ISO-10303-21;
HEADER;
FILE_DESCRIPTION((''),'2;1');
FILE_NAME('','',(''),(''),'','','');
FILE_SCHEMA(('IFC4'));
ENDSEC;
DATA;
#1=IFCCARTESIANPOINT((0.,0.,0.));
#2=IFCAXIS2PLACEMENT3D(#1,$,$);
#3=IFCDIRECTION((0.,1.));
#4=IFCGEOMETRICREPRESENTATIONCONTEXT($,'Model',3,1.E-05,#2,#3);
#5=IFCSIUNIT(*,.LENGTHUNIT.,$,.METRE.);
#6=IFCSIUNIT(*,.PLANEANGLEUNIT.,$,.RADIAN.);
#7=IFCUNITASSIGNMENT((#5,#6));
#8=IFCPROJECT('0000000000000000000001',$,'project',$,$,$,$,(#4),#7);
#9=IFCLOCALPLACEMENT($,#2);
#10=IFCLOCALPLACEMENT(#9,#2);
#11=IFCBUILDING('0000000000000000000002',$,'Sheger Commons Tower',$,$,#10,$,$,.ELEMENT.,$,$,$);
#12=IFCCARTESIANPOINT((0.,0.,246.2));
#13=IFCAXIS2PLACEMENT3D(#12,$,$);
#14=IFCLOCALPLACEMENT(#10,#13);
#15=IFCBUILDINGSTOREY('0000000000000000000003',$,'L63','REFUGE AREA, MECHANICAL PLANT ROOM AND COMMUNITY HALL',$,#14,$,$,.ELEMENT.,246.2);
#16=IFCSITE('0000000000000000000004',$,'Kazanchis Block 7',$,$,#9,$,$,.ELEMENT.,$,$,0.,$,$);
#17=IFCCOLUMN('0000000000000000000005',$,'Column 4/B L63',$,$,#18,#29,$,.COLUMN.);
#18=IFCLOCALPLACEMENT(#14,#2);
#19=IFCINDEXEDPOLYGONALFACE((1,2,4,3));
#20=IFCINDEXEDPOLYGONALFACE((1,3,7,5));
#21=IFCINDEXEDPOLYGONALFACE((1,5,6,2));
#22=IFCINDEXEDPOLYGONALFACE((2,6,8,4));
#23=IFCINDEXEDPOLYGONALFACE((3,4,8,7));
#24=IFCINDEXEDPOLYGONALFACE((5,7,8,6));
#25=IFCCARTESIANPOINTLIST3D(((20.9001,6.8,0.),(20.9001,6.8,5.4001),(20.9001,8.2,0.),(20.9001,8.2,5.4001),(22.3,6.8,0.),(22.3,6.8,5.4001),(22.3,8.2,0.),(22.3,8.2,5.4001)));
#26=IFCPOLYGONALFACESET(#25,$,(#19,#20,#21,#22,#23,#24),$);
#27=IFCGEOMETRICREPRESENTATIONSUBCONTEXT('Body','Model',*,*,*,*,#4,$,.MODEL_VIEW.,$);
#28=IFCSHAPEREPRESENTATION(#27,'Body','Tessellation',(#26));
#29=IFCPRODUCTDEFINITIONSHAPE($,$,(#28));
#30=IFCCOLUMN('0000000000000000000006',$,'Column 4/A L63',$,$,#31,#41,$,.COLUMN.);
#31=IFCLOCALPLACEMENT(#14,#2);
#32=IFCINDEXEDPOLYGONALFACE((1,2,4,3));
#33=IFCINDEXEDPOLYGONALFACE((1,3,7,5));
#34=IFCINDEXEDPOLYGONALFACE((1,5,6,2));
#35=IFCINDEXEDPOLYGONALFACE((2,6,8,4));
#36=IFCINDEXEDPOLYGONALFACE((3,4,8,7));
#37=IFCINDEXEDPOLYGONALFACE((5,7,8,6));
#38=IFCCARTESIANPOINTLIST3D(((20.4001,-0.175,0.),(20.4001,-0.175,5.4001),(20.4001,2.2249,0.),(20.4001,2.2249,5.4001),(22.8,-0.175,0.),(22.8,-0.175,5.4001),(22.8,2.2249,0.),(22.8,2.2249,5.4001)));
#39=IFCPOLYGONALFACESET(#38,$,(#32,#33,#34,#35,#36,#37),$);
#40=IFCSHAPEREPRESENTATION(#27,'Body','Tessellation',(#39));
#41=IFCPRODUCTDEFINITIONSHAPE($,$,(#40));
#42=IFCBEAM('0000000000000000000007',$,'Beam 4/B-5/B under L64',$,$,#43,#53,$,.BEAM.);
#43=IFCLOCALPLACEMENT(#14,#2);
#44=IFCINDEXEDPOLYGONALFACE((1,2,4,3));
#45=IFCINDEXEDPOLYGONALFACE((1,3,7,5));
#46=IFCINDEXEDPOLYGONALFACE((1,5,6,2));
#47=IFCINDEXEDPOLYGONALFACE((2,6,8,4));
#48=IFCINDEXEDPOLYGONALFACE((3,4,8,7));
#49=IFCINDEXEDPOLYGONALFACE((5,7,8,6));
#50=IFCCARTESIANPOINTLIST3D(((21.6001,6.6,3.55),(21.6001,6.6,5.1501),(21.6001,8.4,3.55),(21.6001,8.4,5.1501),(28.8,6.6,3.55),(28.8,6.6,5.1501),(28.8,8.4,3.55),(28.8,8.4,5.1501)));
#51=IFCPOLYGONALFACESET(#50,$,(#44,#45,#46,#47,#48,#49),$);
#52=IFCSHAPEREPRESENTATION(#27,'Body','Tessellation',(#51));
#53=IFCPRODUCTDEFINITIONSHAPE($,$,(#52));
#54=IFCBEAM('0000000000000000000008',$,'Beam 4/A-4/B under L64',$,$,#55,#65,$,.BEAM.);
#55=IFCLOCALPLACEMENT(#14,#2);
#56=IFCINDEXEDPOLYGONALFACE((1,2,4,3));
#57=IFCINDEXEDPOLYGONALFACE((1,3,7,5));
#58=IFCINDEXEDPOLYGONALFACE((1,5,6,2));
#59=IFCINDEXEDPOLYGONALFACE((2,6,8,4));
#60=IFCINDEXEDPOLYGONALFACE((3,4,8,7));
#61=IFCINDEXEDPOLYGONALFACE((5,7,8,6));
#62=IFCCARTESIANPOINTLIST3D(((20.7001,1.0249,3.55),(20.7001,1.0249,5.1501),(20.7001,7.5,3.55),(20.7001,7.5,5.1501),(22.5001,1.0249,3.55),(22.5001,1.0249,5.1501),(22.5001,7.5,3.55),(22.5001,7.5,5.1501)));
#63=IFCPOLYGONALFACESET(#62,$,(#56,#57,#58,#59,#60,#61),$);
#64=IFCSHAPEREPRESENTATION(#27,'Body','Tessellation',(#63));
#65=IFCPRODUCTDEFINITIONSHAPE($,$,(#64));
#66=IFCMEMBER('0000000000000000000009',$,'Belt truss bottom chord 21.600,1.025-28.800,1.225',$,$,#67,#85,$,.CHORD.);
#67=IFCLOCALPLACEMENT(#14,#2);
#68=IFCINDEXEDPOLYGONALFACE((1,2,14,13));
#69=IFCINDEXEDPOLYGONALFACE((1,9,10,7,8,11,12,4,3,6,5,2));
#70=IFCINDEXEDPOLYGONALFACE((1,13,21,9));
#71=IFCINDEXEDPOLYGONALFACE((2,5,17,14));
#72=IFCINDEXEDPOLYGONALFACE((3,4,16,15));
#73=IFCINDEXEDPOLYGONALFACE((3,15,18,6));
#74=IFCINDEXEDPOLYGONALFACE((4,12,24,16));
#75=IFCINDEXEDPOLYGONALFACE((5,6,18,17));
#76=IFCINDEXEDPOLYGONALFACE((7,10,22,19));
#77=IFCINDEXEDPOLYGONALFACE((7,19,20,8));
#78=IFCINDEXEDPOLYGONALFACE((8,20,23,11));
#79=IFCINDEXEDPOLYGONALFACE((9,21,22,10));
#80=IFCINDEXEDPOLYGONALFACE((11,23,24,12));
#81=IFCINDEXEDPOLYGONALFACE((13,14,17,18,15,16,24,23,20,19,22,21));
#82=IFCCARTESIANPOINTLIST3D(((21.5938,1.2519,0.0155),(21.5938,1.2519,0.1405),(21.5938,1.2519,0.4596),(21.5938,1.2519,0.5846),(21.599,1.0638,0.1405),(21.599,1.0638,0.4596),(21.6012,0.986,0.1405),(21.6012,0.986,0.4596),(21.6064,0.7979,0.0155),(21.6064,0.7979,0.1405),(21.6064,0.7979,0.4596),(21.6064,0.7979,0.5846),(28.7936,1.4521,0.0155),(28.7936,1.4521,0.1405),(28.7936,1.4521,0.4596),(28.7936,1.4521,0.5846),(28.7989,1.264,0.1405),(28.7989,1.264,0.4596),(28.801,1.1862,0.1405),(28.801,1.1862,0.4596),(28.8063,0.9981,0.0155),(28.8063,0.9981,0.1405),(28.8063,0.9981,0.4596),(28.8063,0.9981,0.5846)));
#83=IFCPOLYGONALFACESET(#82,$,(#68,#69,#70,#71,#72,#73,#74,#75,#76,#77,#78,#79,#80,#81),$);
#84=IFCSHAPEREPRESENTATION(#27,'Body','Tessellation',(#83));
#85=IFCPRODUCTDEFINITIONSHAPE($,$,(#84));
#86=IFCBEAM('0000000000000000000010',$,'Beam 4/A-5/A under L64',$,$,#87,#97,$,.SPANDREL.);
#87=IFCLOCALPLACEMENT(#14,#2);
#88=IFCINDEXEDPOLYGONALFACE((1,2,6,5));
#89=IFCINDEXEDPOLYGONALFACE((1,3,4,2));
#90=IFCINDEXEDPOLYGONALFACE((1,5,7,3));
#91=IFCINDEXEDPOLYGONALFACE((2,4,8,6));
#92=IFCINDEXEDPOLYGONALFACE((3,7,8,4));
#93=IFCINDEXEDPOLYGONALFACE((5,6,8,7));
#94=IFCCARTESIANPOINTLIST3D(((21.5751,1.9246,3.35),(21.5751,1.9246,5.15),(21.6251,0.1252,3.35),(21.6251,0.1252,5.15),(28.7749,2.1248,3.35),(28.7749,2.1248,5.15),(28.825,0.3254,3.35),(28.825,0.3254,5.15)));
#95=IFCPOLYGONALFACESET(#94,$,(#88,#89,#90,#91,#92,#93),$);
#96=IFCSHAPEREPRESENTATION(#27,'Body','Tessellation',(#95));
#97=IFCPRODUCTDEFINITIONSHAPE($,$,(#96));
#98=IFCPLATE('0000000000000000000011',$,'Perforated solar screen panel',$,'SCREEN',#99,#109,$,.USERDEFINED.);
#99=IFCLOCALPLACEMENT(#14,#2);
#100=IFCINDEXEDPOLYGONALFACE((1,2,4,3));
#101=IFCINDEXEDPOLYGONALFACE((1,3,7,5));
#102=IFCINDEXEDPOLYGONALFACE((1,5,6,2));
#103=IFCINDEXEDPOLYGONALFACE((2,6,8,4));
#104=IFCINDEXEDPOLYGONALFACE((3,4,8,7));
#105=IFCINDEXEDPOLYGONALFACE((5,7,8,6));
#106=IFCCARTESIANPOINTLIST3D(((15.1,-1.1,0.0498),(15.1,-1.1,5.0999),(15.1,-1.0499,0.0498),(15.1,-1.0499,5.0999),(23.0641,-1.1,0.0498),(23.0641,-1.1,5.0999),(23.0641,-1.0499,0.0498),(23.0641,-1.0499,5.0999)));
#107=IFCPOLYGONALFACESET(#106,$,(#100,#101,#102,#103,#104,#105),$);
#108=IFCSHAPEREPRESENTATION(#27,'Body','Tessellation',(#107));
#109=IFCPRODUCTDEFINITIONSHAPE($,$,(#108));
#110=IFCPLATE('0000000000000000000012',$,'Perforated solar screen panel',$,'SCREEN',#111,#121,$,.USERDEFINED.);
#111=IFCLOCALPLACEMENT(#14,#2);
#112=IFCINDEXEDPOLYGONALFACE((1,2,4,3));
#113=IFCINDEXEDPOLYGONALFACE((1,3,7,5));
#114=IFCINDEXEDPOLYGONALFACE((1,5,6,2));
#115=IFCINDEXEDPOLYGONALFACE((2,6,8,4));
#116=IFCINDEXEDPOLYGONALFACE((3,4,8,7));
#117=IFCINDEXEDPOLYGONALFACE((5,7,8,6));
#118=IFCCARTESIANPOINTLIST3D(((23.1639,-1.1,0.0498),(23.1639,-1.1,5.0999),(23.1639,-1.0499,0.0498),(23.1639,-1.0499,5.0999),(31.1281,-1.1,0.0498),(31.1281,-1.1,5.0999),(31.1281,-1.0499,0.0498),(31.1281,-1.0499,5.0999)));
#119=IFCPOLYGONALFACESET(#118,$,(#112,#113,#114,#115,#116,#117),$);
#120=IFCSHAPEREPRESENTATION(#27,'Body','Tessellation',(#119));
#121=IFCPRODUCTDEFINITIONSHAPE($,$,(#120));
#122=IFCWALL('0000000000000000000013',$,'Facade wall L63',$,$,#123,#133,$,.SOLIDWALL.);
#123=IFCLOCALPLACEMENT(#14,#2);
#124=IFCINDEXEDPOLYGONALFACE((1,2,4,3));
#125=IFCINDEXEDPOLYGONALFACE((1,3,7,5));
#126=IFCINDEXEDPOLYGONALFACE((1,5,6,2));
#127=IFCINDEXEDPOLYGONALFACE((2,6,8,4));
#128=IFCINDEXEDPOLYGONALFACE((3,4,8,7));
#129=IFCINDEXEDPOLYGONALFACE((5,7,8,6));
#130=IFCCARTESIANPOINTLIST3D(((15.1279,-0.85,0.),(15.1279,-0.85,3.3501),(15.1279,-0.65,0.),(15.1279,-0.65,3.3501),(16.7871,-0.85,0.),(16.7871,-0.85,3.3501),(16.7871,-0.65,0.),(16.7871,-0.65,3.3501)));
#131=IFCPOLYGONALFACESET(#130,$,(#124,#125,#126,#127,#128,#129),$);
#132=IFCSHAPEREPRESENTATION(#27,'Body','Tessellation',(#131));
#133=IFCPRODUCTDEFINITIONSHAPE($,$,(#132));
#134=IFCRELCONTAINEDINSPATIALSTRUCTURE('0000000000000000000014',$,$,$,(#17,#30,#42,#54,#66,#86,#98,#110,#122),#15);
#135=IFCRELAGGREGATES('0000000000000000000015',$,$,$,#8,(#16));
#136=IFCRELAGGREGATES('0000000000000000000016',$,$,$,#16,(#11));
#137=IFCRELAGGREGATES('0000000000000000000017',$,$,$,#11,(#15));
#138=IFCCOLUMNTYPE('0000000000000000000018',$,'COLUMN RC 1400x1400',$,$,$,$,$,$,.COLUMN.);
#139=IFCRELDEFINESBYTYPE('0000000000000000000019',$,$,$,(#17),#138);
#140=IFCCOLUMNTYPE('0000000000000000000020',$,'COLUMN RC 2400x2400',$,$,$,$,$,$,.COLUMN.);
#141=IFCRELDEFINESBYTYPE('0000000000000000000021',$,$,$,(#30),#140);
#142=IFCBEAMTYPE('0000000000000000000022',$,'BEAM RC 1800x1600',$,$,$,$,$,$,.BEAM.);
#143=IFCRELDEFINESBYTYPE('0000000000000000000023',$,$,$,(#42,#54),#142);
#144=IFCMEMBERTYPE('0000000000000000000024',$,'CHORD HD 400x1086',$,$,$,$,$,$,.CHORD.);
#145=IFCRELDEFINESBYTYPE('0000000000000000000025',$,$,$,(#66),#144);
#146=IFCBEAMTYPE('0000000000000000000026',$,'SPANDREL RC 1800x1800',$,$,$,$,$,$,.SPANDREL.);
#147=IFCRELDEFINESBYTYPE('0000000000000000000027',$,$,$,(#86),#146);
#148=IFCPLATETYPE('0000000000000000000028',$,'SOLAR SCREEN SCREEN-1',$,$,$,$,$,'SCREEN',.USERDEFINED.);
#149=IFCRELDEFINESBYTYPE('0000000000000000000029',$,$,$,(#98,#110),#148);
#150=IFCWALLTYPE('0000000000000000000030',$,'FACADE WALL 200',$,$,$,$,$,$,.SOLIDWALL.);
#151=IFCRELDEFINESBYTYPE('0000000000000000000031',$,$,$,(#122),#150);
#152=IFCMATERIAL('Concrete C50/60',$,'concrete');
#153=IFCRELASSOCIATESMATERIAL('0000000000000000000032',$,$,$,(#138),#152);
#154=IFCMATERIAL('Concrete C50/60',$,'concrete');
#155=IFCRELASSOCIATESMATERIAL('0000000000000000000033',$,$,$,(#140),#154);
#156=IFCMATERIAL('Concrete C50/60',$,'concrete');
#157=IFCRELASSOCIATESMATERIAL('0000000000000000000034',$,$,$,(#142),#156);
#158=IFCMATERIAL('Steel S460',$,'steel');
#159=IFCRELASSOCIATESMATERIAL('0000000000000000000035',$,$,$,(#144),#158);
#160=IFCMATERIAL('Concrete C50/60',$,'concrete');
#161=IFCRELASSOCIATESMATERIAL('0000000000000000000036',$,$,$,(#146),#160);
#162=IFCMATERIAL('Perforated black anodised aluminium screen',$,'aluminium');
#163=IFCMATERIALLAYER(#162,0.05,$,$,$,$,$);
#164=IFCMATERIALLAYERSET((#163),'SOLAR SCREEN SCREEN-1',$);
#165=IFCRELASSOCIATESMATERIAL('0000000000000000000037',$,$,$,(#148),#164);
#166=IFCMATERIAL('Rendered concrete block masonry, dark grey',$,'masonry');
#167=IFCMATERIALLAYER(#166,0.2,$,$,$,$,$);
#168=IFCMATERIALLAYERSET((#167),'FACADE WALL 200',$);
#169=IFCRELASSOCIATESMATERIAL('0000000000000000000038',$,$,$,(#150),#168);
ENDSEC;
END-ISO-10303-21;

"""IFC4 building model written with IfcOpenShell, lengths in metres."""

from ifc_helpers import new_model, si_unit, direction, frame, frame_2d, origin, origin_2d, place, context, subcontext, project, spatial, rectangle, i_section, extrude, material, layer, layer_set, material_profile, profile_set, type_object, element, save


model = new_model("IFC4")

# Units and contexts
model_context = context("Model", 3, precision=1e-05, world=origin(), true_north=direction((0.0, 1.0)))
body_context = subcontext(model_context, "Body", "Model", "MODEL_VIEW")
ifc_project = project(units=[si_unit("LENGTHUNIT", "METRE"), si_unit("PLANEANGLEUNIT", "RADIAN")], contexts=[model_context])

# Site, building, storey
site_placement = place(None, origin())
site = spatial("IfcSite", under=ifc_project, at=site_placement, Name="Kazanchis Block 7", CompositionType="ELEMENT", RefElevation=0.0)
building_placement = place(site_placement, origin())
building = spatial("IfcBuilding", under=site, at=building_placement, Name="Sheger Commons Tower", CompositionType="ELEMENT")
storey_placement = place(building_placement, frame((0.0, 0.0, 246.2)))
storey = spatial("IfcBuildingStorey", under=building, at=storey_placement, Name="L63", Description="REFUGE AREA, MECHANICAL PLANT ROOM AND COMMUNITY HALL", CompositionType="ELEMENT", Elevation=246.2)

# Columns
ifc_material_1 = material(Name="Concrete C50/60", Category="concrete")
ifc_material_profile_1 = material_profile(ifc_material_1, rectangle(XDim=1.3999, YDim=1.3999, at=origin_2d()), Name="RC 1400x1400")
ifc_profile_set_1 = profile_set([ifc_material_profile_1], Name="Concrete C50/60")
column_type_1 = type_object("IfcColumnType", Name="COLUMN RC 1400x1400", PredefinedType="COLUMN", material=ifc_profile_set_1)
column_1_placement = place(storey_placement, frame((21.6001, 7.5, 0.0), z_axis=(0.0, 0.0, 1.0), x_axis=(1.0, 0.0, 0.0)))
element("IfcColumn", 1, at=column_1_placement, inside=storey, type_object=column_type_1, Name="Column 4/B L63", PredefinedType="COLUMN", context=body_context, shape_type="SweptSolid", body=[
    extrude(rectangle(XDim=1.3999, YDim=1.3999, at=origin_2d()), origin(), (0.0, 0.0, 1.0), 5.4001),
])
ifc_material_2 = material(Name="Concrete C50/60", Category="concrete")
ifc_material_profile_2 = material_profile(ifc_material_2, rectangle(XDim=2.3999, YDim=2.3999, at=origin_2d()), Name="RC 2400x2400")
ifc_profile_set_2 = profile_set([ifc_material_profile_2], Name="Concrete C50/60")
column_type_2 = type_object("IfcColumnType", Name="COLUMN RC 2400x2400", PredefinedType="COLUMN", material=ifc_profile_set_2)
column_2_placement = place(storey_placement, frame((21.6001, 1.0249, 0.0), z_axis=(0.0, 0.0, 1.0), x_axis=(1.0, 0.0, 0.0)))
element("IfcColumn", 2, at=column_2_placement, inside=storey, type_object=column_type_2, Name="Column 4/A L63", PredefinedType="COLUMN", context=body_context, shape_type="SweptSolid", body=[
    extrude(rectangle(XDim=2.3999, YDim=2.3999, at=origin_2d()), origin(), (0.0, 0.0, 1.0), 5.4001),
])

# Beams
ifc_material_3 = material(Name="Concrete C50/60", Category="concrete")
ifc_material_profile_3 = material_profile(ifc_material_3, rectangle(XDim=1.8, YDim=1.6001, at=origin_2d()), Name="RC 1800x1600")
ifc_profile_set_3 = profile_set([ifc_material_profile_3], Name="Concrete C50/60")
beam_type_1 = type_object("IfcBeamType", Name="BEAM RC 1800x1600", PredefinedType="BEAM", material=ifc_profile_set_3)
beam_1_placement = place(storey_placement, frame((21.6001, 7.5, 4.3501), z_axis=(1.0, 0.0, 0.0), x_axis=(0.0, 1.0, 0.0)))
element("IfcBeam", 3, at=beam_1_placement, inside=storey, type_object=beam_type_1, Name="Beam 4/B-5/B under L64", PredefinedType="BEAM", context=body_context, shape_type="SweptSolid", body=[
    extrude(rectangle(XDim=1.8, YDim=1.6001, at=origin_2d()), origin(), (0.0, 0.0, 1.0), 7.2),
])
beam_2_placement = place(storey_placement, frame((21.6001, 1.0249, 4.3501), z_axis=(0.0, 1.0, 0.0), x_axis=(-1.0, 0.0, 0.0)))
element("IfcBeam", 4, at=beam_2_placement, inside=storey, type_object=beam_type_1, Name="Beam 4/A-4/B under L64", PredefinedType="BEAM", context=body_context, shape_type="SweptSolid", body=[
    extrude(rectangle(XDim=1.8, YDim=1.6001, at=origin_2d()), origin(), (0.0, 0.0, 1.0), 6.4751),
])

# Member
ifc_material_4 = material(Name="Steel S460", Category="steel")
ifc_material_profile_4 = material_profile(ifc_material_4, i_section(OverallWidth=0.4541, OverallDepth=0.5691, WebThickness=0.0779, FlangeThickness=0.125, at=origin_2d()), Name="HD 400x1086")
ifc_profile_set_4 = profile_set([ifc_material_profile_4], Name="Steel S460")
member_type = type_object("IfcMemberType", Name="CHORD HD 400x1086", PredefinedType="CHORD", material=ifc_profile_set_4)
member_placement = place(storey_placement, frame((21.6001, 1.0249, 0.3), z_axis=(0.999614, 0.027794, 0.0), x_axis=(-0.027794, 0.999614, 0.0)))
element("IfcMember", 5, at=member_placement, inside=storey, type_object=member_type, Name="Belt truss bottom chord 21.600,1.025-28.800,1.225", PredefinedType="CHORD", context=body_context, shape_type="SweptSolid", body=[
    extrude(i_section(OverallWidth=0.4541, OverallDepth=0.5691, WebThickness=0.0779, FlangeThickness=0.125, at=origin_2d()), origin(), (0.0, 0.0, 1.0), 7.2026),
])

# Beam
ifc_material_5 = material(Name="Concrete C50/60", Category="concrete")
ifc_material_profile_5 = material_profile(ifc_material_5, rectangle(XDim=1.8, YDim=1.8, at=origin_2d()), Name="RC 1800x1800")
ifc_profile_set_5 = profile_set([ifc_material_profile_5], Name="Concrete C50/60")
beam_type_2 = type_object("IfcBeamType", Name="SPANDREL RC 1800x1800", PredefinedType="SPANDREL", material=ifc_profile_set_5)
beam_3_placement = place(storey_placement, frame((21.6001, 1.0249, 4.25), z_axis=(0.999614, 0.027794, 0.0), x_axis=(-0.027794, 0.999614, 0.0)))
element("IfcBeam", 6, at=beam_3_placement, inside=storey, type_object=beam_type_2, Name="Beam 4/A-5/A under L64", PredefinedType="SPANDREL", context=body_context, shape_type="SweptSolid", body=[
    extrude(rectangle(XDim=1.8, YDim=1.8, at=origin_2d()), origin(), (0.0, 0.0, 1.0), 7.2026),
])

# Plates
ifc_material_6 = material(Name="Perforated black anodised aluminium screen", Category="aluminium")
ifc_layer_1 = layer(ifc_material_6, 0.05)
ifc_layer_set_1 = layer_set([ifc_layer_1], Name="SOLAR SCREEN SCREEN-1")
plate_type = type_object("IfcPlateType", Name="SOLAR SCREEN SCREEN-1", ElementType="SCREEN", PredefinedType="USERDEFINED", material=ifc_layer_set_1)
for number, where, z_axis, x_axis, name in (
    (7, (19.082, -1.075, 0.0498), (0.0, 0.0, 1.0), (1.0, 0.0, 0.0), "Perforated solar screen panel"),
    (8, (27.146, -1.075, 0.0498), (0.0, 0.0, 1.0), (1.0, 0.0, 0.0), "Perforated solar screen panel"),
):
    element("IfcPlate", number, at=place(storey_placement, frame(where, z_axis=z_axis, x_axis=x_axis)), inside=storey, type_object=plate_type, Name=name, ObjectType="SCREEN", PredefinedType="USERDEFINED", context=body_context, shape_type="SweptSolid", body=[
        extrude(rectangle(XDim=7.9641, YDim=0.05, at=origin_2d()), origin(), (0.0, 0.0, 1.0), 5.05),
    ])

# Wall
ifc_material_7 = material(Name="Rendered concrete block masonry, dark grey", Category="masonry")
ifc_layer_2 = layer(ifc_material_7, 0.2)
ifc_layer_set_2 = layer_set([ifc_layer_2], Name="FACADE WALL 200")
wall_type_1 = type_object("IfcWallType", Name="FACADE WALL 200", PredefinedType="SOLIDWALL", material=ifc_layer_set_2)
wall_1_placement = place(storey_placement, frame((15.1279, -0.75, 0.0), z_axis=(0.0, 0.0, 1.0), x_axis=(1.0, 0.0, 0.0)))
element("IfcWall", 9, at=wall_1_placement, inside=storey, type_object=wall_type_1, Name="Facade wall L63", PredefinedType="SOLIDWALL", context=body_context, shape_type="SweptSolid", body=[
    extrude(rectangle(XDim=1.6592, YDim=0.2, at=frame_2d((0.8296, 0.0))), origin(), (0.0, 0.0, 1.0), 3.3501),
])

save(model, "model.ifc")
